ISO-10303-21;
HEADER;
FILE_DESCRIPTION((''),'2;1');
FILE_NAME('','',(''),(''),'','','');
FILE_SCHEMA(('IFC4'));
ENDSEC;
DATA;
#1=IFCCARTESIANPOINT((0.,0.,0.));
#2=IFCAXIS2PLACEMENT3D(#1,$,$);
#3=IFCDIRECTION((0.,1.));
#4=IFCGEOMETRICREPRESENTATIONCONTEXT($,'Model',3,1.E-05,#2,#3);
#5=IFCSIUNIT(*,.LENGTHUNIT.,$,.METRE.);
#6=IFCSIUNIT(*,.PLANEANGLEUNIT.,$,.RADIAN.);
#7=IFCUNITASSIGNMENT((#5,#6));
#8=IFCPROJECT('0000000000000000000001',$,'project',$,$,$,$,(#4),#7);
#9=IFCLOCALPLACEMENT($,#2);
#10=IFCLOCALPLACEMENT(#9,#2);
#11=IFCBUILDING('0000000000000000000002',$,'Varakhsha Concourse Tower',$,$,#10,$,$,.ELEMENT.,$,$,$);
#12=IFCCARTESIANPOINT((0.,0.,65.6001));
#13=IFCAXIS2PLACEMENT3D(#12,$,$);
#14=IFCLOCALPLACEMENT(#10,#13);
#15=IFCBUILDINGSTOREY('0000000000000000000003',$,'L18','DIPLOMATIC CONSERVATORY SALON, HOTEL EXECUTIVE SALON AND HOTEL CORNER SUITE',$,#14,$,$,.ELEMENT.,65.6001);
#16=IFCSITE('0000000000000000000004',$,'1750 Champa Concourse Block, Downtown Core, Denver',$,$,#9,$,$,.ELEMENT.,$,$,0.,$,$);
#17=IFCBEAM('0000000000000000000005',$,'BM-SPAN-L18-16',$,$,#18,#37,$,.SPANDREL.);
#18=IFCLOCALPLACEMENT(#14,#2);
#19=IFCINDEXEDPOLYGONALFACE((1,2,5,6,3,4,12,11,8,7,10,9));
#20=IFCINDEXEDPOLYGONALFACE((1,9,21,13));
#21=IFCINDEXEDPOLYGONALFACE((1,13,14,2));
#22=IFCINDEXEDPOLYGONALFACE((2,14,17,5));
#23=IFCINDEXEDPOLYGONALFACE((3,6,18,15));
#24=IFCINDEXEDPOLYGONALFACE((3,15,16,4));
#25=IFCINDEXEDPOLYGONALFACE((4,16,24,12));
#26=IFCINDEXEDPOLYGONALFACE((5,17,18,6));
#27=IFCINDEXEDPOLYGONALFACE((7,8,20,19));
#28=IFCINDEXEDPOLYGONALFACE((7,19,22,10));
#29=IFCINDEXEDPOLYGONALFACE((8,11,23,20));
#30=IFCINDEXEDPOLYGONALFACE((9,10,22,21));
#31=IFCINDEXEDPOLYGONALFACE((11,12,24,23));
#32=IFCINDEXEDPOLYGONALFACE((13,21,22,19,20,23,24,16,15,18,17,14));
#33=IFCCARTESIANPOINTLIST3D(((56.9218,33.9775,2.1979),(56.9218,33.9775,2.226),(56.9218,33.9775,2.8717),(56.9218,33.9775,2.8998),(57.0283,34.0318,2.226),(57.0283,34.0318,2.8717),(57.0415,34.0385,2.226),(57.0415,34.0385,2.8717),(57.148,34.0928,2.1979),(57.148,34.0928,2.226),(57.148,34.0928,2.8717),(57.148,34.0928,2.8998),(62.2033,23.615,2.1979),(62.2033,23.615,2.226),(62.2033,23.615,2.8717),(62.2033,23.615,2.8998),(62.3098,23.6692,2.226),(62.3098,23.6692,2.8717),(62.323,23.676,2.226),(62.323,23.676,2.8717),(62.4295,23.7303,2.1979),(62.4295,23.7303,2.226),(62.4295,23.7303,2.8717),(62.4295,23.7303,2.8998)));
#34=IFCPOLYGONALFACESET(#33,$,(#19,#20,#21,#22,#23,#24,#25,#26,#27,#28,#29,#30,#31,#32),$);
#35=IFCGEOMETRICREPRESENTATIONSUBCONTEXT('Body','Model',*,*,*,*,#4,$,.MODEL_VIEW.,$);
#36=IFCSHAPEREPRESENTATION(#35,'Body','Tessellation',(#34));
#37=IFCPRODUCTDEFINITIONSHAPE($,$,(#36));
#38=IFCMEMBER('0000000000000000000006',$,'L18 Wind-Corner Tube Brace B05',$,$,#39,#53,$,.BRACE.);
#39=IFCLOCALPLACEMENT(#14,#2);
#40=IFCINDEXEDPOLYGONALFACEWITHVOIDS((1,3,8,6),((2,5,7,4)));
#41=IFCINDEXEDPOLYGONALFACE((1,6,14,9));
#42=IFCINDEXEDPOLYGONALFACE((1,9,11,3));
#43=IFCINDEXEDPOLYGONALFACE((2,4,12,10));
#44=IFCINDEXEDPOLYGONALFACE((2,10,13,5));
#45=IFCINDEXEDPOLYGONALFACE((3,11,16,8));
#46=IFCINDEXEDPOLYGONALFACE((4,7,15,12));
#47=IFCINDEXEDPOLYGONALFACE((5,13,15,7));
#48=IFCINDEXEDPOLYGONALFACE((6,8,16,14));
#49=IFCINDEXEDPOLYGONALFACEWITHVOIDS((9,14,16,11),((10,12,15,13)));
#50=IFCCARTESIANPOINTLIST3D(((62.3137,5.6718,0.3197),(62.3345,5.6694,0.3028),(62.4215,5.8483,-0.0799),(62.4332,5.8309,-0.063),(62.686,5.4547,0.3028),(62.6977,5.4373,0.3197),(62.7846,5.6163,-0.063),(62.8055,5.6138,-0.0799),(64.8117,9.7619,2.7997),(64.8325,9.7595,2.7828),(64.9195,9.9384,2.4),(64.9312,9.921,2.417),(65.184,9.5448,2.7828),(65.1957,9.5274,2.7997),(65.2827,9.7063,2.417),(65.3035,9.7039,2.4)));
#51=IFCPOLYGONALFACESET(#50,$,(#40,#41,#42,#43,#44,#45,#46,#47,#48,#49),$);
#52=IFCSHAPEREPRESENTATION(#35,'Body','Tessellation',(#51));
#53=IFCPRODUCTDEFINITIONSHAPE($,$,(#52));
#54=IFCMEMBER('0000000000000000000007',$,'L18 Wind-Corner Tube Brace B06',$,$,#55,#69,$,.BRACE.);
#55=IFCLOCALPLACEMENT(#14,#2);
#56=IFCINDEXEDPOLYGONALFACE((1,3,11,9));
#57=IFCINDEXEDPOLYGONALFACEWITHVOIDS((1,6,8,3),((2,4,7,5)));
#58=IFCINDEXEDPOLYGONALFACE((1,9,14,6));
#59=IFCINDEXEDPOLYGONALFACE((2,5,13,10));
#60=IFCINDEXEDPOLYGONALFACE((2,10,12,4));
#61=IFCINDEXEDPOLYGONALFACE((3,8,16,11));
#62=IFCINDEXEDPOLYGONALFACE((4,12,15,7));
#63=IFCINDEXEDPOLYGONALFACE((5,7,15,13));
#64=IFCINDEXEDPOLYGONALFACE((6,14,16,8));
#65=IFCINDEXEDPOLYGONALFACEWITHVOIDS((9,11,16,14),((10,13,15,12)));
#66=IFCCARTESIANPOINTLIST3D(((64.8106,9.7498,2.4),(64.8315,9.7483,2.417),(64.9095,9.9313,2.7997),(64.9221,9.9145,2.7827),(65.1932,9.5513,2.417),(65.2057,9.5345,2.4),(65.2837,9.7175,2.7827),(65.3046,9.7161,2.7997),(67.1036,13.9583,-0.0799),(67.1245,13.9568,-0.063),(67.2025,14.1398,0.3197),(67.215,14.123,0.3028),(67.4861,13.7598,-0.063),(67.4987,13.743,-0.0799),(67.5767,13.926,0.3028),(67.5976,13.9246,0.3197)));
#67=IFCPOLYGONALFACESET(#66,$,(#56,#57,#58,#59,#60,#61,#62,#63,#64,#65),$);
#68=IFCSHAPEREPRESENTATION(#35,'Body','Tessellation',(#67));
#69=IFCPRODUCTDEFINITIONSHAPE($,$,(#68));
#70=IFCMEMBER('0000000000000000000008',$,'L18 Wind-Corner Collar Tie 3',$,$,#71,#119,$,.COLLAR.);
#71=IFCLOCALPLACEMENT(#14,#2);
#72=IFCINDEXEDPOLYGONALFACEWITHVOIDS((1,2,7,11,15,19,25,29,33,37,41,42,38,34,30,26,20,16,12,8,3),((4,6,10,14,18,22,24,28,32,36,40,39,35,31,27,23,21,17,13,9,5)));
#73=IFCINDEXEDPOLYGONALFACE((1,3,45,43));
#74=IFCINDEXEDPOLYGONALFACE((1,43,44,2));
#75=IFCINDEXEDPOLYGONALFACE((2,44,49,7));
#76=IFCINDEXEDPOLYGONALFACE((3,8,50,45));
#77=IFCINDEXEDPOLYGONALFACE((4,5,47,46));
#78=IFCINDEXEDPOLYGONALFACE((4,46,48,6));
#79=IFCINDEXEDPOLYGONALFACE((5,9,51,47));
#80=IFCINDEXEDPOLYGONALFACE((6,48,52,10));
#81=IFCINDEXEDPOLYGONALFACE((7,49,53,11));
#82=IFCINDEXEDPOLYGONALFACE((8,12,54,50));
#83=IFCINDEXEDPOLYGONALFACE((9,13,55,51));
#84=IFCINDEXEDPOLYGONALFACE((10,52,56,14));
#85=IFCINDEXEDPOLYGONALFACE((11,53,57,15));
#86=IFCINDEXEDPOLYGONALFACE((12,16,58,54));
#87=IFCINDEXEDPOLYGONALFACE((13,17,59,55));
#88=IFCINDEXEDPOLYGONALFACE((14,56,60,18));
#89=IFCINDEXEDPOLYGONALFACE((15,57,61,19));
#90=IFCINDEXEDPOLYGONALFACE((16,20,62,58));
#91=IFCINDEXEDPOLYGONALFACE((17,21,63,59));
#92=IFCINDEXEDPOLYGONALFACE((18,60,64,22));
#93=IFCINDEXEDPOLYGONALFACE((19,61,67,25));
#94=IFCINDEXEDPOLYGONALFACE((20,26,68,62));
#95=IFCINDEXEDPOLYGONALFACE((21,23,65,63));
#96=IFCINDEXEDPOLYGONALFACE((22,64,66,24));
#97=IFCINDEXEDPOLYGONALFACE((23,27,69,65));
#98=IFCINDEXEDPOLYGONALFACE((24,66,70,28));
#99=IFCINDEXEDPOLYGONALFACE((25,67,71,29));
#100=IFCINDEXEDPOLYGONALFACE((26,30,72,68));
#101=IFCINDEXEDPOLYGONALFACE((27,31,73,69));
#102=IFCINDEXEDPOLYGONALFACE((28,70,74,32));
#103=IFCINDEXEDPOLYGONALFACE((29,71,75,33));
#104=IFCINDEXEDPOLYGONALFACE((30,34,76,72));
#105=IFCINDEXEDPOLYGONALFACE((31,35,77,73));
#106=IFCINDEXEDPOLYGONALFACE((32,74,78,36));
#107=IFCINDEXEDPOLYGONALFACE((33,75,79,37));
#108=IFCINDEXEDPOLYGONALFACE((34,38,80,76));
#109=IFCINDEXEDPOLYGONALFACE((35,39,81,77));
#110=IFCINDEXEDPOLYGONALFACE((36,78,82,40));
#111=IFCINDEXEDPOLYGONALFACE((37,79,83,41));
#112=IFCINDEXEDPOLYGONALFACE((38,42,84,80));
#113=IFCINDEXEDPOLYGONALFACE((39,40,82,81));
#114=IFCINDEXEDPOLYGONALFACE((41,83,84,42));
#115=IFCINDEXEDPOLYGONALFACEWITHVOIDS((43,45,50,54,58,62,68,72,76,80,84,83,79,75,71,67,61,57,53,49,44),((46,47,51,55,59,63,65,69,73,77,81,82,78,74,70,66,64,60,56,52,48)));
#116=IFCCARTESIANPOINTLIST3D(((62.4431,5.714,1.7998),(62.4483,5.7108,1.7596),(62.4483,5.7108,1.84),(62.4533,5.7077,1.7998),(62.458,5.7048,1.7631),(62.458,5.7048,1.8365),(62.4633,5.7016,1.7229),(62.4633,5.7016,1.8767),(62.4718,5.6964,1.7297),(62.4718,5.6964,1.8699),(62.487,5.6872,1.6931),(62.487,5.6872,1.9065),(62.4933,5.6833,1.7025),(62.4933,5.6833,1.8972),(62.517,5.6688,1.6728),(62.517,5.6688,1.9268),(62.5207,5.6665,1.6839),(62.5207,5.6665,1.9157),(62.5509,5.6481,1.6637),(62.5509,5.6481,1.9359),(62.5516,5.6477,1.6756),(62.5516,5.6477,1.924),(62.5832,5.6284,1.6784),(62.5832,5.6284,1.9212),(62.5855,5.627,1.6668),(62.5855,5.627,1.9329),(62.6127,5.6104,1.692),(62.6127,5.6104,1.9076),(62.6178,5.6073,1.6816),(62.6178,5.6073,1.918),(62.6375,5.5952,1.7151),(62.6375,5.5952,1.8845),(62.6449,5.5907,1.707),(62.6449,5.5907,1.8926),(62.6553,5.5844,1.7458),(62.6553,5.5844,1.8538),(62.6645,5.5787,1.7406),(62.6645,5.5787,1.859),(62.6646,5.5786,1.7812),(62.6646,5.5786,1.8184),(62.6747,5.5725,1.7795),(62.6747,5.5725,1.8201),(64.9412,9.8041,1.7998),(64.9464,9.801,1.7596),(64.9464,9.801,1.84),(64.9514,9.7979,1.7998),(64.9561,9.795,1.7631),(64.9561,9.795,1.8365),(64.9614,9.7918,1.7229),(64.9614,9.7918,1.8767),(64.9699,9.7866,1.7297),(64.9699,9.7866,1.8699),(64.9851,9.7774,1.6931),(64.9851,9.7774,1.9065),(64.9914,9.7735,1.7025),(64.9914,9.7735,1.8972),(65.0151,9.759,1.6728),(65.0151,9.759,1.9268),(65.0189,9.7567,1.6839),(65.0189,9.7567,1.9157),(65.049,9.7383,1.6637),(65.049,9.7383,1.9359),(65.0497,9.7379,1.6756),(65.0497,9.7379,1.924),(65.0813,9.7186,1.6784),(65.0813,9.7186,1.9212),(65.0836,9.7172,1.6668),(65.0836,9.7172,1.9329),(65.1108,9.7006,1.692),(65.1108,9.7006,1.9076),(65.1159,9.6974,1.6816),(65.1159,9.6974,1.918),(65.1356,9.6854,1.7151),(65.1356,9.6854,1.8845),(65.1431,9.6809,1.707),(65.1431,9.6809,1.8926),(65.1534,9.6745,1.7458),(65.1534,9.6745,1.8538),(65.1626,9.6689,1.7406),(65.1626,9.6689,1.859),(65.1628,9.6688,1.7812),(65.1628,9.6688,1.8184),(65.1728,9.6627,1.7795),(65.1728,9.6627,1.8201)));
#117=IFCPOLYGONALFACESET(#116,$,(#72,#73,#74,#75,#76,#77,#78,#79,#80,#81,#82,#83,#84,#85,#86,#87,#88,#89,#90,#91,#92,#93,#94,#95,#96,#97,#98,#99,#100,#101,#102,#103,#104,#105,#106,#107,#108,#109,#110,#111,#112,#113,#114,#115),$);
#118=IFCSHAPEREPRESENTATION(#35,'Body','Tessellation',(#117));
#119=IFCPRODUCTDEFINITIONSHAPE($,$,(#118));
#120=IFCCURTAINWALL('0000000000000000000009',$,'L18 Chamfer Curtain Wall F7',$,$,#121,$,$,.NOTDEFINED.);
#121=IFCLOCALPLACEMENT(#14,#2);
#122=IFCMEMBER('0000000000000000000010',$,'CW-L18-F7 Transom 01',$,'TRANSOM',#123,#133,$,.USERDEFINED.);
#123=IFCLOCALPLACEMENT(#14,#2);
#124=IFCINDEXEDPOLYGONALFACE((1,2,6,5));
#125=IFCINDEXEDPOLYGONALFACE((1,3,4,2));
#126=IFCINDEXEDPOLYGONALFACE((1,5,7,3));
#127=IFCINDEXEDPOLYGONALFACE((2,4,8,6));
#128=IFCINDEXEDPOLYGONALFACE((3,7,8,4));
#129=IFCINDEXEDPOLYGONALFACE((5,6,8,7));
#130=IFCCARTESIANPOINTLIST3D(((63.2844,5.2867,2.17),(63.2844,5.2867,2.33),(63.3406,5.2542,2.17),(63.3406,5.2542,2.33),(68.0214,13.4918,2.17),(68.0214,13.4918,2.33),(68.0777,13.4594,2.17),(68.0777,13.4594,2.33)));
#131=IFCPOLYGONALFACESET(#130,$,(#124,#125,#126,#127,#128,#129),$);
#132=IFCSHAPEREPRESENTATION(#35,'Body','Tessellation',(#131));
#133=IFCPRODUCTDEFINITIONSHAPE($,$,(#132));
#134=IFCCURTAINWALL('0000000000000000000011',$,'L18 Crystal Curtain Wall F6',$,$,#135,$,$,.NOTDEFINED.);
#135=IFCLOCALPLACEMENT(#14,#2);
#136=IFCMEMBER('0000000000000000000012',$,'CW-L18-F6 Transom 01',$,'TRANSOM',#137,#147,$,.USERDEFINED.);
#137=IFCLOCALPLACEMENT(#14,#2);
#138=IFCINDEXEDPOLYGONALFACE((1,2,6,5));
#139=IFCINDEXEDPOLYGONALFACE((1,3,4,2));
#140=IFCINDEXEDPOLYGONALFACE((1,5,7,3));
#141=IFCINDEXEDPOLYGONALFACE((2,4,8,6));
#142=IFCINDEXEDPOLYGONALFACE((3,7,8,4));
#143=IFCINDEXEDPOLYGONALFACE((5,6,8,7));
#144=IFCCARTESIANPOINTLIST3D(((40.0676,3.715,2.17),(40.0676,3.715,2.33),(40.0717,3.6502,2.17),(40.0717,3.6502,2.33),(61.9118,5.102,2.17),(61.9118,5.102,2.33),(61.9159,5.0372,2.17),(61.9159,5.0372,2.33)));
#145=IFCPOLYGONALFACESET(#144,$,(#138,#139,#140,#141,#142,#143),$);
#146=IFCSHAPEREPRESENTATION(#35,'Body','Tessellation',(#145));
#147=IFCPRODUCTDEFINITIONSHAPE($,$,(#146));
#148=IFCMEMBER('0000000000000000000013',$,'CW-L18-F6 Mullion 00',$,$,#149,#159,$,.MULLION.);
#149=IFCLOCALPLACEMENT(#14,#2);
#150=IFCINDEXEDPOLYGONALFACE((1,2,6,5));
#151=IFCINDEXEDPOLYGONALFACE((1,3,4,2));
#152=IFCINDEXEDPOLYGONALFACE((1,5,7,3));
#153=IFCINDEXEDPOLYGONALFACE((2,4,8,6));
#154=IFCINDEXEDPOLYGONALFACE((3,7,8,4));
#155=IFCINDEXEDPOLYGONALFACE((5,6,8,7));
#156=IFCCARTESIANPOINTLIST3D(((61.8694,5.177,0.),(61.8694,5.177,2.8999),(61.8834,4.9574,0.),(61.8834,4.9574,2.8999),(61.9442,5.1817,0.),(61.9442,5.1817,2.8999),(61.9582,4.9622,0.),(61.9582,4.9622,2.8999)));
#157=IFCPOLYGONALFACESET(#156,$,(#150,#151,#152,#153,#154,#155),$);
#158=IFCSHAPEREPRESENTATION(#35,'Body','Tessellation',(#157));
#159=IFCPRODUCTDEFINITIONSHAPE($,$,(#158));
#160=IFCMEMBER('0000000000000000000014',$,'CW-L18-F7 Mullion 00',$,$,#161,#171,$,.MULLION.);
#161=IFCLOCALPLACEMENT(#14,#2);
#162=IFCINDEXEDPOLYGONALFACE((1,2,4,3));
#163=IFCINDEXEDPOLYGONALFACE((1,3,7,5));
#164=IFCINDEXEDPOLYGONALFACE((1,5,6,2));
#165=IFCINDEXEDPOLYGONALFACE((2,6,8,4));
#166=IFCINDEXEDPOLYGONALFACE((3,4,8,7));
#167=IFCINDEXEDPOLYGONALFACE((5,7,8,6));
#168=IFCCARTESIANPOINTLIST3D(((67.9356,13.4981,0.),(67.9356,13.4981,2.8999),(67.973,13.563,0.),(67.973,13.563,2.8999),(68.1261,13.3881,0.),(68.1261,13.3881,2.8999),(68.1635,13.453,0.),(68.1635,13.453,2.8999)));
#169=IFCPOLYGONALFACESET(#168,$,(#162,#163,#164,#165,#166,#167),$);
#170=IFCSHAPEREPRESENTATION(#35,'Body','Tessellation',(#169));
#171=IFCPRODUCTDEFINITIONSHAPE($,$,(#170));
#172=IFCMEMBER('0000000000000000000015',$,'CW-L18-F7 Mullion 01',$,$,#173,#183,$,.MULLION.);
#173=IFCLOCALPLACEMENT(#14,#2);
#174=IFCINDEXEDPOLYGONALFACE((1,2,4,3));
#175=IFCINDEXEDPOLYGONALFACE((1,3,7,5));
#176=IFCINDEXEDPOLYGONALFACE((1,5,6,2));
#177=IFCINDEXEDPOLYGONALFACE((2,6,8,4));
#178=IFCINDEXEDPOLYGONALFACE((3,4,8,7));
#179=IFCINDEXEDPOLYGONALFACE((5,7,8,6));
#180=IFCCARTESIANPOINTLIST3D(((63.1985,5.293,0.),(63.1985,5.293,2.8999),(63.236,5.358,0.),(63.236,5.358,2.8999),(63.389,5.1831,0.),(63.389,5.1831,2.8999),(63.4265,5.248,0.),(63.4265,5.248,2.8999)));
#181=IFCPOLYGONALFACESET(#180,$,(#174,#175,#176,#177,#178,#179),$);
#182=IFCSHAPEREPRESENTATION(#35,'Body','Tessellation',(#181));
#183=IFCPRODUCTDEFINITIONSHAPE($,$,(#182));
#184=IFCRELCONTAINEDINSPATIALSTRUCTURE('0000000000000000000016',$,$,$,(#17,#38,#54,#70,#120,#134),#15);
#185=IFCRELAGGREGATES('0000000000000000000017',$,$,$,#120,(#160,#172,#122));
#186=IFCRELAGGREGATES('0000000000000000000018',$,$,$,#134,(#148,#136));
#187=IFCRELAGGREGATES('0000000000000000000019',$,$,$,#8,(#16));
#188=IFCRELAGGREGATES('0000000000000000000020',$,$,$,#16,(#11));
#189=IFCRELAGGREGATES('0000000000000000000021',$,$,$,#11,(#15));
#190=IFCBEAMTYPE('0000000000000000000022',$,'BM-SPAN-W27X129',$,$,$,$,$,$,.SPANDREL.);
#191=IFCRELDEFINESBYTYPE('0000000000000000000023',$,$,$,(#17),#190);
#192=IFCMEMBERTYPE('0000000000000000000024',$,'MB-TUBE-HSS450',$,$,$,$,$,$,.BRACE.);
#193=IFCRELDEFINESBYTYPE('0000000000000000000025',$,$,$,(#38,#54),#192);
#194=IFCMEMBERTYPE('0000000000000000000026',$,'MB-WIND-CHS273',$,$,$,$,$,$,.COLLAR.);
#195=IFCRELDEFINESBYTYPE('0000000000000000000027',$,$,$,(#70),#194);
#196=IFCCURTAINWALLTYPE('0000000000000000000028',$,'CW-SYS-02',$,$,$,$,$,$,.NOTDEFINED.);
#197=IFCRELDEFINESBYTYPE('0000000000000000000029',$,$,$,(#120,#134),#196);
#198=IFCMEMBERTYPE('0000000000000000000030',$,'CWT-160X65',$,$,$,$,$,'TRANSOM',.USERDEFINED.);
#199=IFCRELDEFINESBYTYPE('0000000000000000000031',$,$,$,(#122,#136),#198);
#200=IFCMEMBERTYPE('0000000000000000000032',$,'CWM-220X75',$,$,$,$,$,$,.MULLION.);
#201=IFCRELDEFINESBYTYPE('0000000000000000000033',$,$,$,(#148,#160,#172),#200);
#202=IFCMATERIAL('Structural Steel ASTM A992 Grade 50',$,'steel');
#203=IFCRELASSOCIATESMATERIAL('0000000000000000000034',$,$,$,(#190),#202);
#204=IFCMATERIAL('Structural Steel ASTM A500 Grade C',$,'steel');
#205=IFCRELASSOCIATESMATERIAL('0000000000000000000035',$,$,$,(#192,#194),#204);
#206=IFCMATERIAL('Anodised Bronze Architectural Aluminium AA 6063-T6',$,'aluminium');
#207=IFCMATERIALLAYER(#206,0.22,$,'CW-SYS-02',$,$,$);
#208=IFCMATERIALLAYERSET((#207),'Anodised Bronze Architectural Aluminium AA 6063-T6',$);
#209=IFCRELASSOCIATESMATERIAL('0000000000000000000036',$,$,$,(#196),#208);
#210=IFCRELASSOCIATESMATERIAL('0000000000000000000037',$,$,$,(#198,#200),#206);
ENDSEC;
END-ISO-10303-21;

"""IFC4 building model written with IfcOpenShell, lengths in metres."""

from ifc_helpers import new_model, si_unit, direction, frame, origin, origin_2d, place, context, subcontext, project, spatial, rectangle, hollow_rectangle, hollow_circle, i_section, extrude, source, transform, mapped, material, layer, layer_set, material_profile, profile_set, type_object, type_shapes, element, aggregate, save


model = new_model("IFC4")

# Units and contexts
model_context = context("Model", 3, precision=1e-05, world=origin(), true_north=direction((0.0, 1.0)))
body_context = subcontext(model_context, "Body", "Model", "MODEL_VIEW")
ifc_project = project(units=[si_unit("LENGTHUNIT", "METRE"), si_unit("PLANEANGLEUNIT", "RADIAN")], contexts=[model_context])

# Site, building, storey
site_placement = place(None, origin())
site = spatial("IfcSite", under=ifc_project, at=site_placement, Name="1750 Champa Concourse Block, Downtown Core, Denver", CompositionType="ELEMENT", RefElevation=0.0)
building_placement = place(site_placement, origin())
building = spatial("IfcBuilding", under=site, at=building_placement, Name="Varakhsha Concourse Tower", CompositionType="ELEMENT")
storey_placement = place(building_placement, frame((0.0, 0.0, 65.6001)))
storey = spatial("IfcBuildingStorey", under=building, at=storey_placement, Name="L18", Description="DIPLOMATIC CONSERVATORY SALON, HOTEL EXECUTIVE SALON AND HOTEL CORNER SUITE", CompositionType="ELEMENT", Elevation=65.6001)

# Beam
ifc_material_1 = material(Name="Structural Steel ASTM A992 Grade 50", Category="steel")
ifc_material_profile_1 = material_profile(ifc_material_1, i_section(OverallWidth=0.2539, OverallDepth=0.7019, WebThickness=0.0149, FlangeThickness=0.0281, at=origin_2d()), Name="W27X129")
ifc_profile_set_1 = profile_set([ifc_material_profile_1], Name="Structural Steel ASTM A992 Grade 50")
beam_type_1 = type_object("IfcBeamType", Name="BM-SPAN-W27X129", PredefinedType="SPANDREL", material=ifc_profile_set_1)
beam_1_placement = place(storey_placement, frame((62.3164, 23.6726, 2.5488), z_axis=(-0.454094, 0.890954, 0.0), x_axis=(-0.890954, -0.454094, 0.0)))
element("IfcBeam", 1, at=beam_1_placement, inside=storey, type_object=beam_type_1, Name="BM-SPAN-L18-16", PredefinedType="SPANDREL", context=body_context, shape_type="SweptSolid", body=[
    extrude(i_section(OverallWidth=0.2539, OverallDepth=0.7019, WebThickness=0.0149, FlangeThickness=0.0281, at=origin_2d()), origin(), (0.0, 0.0, 1.0), 11.6309),
])

# Members
ifc_material_2 = material(Name="Structural Steel ASTM A500 Grade C", Category="steel")
ifc_material_profile_2 = material_profile(ifc_material_2, hollow_rectangle(XDim=0.45, YDim=0.45, WallThickness=0.019, at=origin_2d()), Name="HSS 450x450x19")
ifc_profile_set_2 = profile_set([ifc_material_profile_2], Name="Structural Steel ASTM A500 Grade C")
member_type_1 = type_object("IfcMemberType", Name="MB-TUBE-HSS450", PredefinedType="BRACE", material=ifc_profile_set_2)
shared_shape_1 = source(origin(), body_context, "Body", "SweptSolid", [
    extrude(hollow_rectangle(XDim=0.45, YDim=0.45, WallThickness=0.019, at=origin_2d()), origin(), (0.0, 0.0, 1.0), 5.3962),
])
type_shapes(member_type_1, [shared_shape_1])
for number, where, z_axis, x_axis, name in (
    (2, (62.5596, 5.6428, 0.1199), (0.462924, 0.757952, 0.459576), (-0.853417, 0.52123, 0.0), "L18 Wind-Corner Tube Brace B05"),
    (3, (67.3506, 13.9414, 0.1199), (-0.424919, -0.779894, 0.459575), (0.878121, -0.478438, 0.0), "L18 Wind-Corner Tube Brace B06"),
):
    element("IfcMember", number, at=place(storey_placement, frame(where, z_axis=z_axis, x_axis=x_axis)), inside=storey, type_object=member_type_1, Name=name, PredefinedType="BRACE", context=body_context, shape_type="MappedRepresentation", body=[
        mapped(shared_shape_1, transform((0.0, 0.0, 0.0), scale=1.0)),
    ])
ifc_material_profile_3 = material_profile(ifc_material_2, hollow_circle(Radius=0.1365, WallThickness=0.012, at=origin_2d()), Name="CHS 273x12")
ifc_profile_set_3 = profile_set([ifc_material_profile_3], Name="Structural Steel ASTM A500 Grade C")
member_type_2 = type_object("IfcMemberType", Name="MB-WIND-CHS273", PredefinedType="COLLAR", material=ifc_profile_set_3)
shared_shape_2 = source(origin(), body_context, "Body", "SweptSolid", [
    extrude(hollow_circle(Radius=0.1365, WallThickness=0.012, at=origin_2d()), origin(), (0.0, 0.0, 1.0), 4.7927),
])
type_shapes(member_type_2, [shared_shape_2])
member_1_placement = place(storey_placement, frame((62.5596, 5.6428, 1.7998), z_axis=(0.52123, 0.853417, 0.0), x_axis=(-0.853417, 0.52123, 0.0)))
element("IfcMember", 4, at=member_1_placement, inside=storey, type_object=member_type_2, Name="L18 Wind-Corner Collar Tie 3", PredefinedType="COLLAR", context=body_context, shape_type="MappedRepresentation", body=[
    mapped(shared_shape_2, transform((0.0, 0.0, 0.0), scale=1.0)),
])

# Curtain wall, member
ifc_material_3 = material(Name="Anodised Bronze Architectural Aluminium AA 6063-T6", Category="aluminium")
ifc_layer_1 = layer(ifc_material_3, 0.22, Name="CW-SYS-02")
ifc_layer_set_1 = layer_set([ifc_layer_1], Name="Anodised Bronze Architectural Aluminium AA 6063-T6")
curtain_wall_type = type_object("IfcCurtainWallType", Name="CW-SYS-02", PredefinedType="NOTDEFINED", material=ifc_layer_set_1)
curtain_wall_1_placement = place(storey_placement, origin())
curtain_wall_1 = element("IfcCurtainWall", 5, at=curtain_wall_1_placement, inside=storey, type_object=curtain_wall_type, Name="L18 Chamfer Curtain Wall F7", PredefinedType="NOTDEFINED")
ifc_material_profile_4 = material_profile(ifc_material_3, rectangle(XDim=0.0649, YDim=0.1599, at=origin_2d()), Name="CWT-160X65")
ifc_profile_set_4 = profile_set([ifc_material_profile_4], Name="Anodised Bronze Architectural Aluminium AA 6063-T6")
member_type_3 = type_object("IfcMemberType", Name="CWT-160X65", ElementType="TRANSOM", PredefinedType="USERDEFINED", material=ifc_profile_set_4)
shared_shape_3 = source(origin(), body_context, "Body", "SweptSolid", [
    extrude(rectangle(XDim=0.0649, YDim=0.1599, at=origin_2d()), origin(), (0.0, 0.0, 1.0), 9.4744),
])
member_2_placement = place(storey_placement, frame((68.0496, 13.4756, 2.25), z_axis=(-0.499989, -0.866032, 0.0), x_axis=(0.866032, -0.499989, 0.0)))
member_2 = element("IfcMember", 6, at=member_2_placement, type_object=member_type_3, Name="CW-L18-F7 Transom 01", ObjectType="TRANSOM", PredefinedType="USERDEFINED", context=body_context, shape_type="MappedRepresentation", body=[
    mapped(shared_shape_3, transform((0.0, 0.0, 0.0), scale=1.0)),
])

# Curtain wall, members
curtain_wall_2_placement = place(storey_placement, origin())
curtain_wall_2 = element("IfcCurtainWall", 7, at=curtain_wall_2_placement, inside=storey, type_object=curtain_wall_type, Name="L18 Crystal Curtain Wall F6", PredefinedType="NOTDEFINED")
shared_shape_4 = source(origin(), body_context, "Body", "SweptSolid", [
    extrude(rectangle(XDim=0.0649, YDim=0.1599, at=origin_2d()), origin(), (0.0, 0.0, 1.0), 21.8882),
])
type_shapes(member_type_3, [shared_shape_3, shared_shape_4])
member_3_placement = place(storey_placement, frame((61.9138, 5.0696, 2.25), z_axis=(-0.99799, -0.063366, 0.0), x_axis=(0.063366, -0.99799, 0.0)))
member_3 = element("IfcMember", 8, at=member_3_placement, type_object=member_type_3, Name="CW-L18-F6 Transom 01", ObjectType="TRANSOM", PredefinedType="USERDEFINED", context=body_context, shape_type="MappedRepresentation", body=[
    mapped(shared_shape_4, transform((0.0, 0.0, 0.0), scale=1.0)),
])
ifc_material_profile_5 = material_profile(ifc_material_3, rectangle(XDim=0.075, YDim=0.22, at=origin_2d()), Name="CWM-220X75")
ifc_profile_set_5 = profile_set([ifc_material_profile_5], Name="Anodised Bronze Architectural Aluminium AA 6063-T6")
member_type_4 = type_object("IfcMemberType", Name="CWM-220X75", PredefinedType="MULLION", material=ifc_profile_set_5)
shared_shape_5 = source(origin(), body_context, "Body", "SweptSolid", [
    extrude(rectangle(XDim=0.075, YDim=0.22, at=origin_2d()), origin(), (0.0, 0.0, 1.0), 2.8999),
])
type_shapes(member_type_4, [shared_shape_5])
member_4_placement = place(storey_placement, frame((61.9138, 5.0696, 0.0), z_axis=(0.0, 0.0, 1.0), x_axis=(-0.99799, -0.063378, 0.0)))
member_4 = element("IfcMember", 9, at=member_4_placement, type_object=member_type_4, Name="CW-L18-F6 Mullion 00", PredefinedType="MULLION", context=body_context, shape_type="MappedRepresentation", body=[
    mapped(shared_shape_5, transform((0.0, 0.0, 0.0), scale=1.0)),
])

# Members
member_5_placement = place(storey_placement, frame((68.0496, 13.4756, 0.0), z_axis=(0.0, 0.0, 1.0), x_axis=(-0.499995, -0.866028, 0.0)))
member_5 = element("IfcMember", 10, at=member_5_placement, type_object=member_type_4, Name="CW-L18-F7 Mullion 00", PredefinedType="MULLION", context=body_context, shape_type="MappedRepresentation", body=[
    mapped(shared_shape_5, transform((0.0, 0.0, 0.0), scale=1.0)),
])
member_6_placement = place(storey_placement, frame((63.3125, 5.2705, 0.0), z_axis=(0.0, 0.0, 1.0), x_axis=(-0.499995, -0.866028, 0.0)))
member_6 = element("IfcMember", 11, at=member_6_placement, type_object=member_type_4, Name="CW-L18-F7 Mullion 01", PredefinedType="MULLION", context=body_context, shape_type="MappedRepresentation", body=[
    mapped(shared_shape_5, transform((0.0, 0.0, 0.0), scale=1.0)),
])

aggregate(curtain_wall_1, [member_5, member_6, member_2])
aggregate(curtain_wall_2, [member_4, member_3])

save(model, "model.ifc")
